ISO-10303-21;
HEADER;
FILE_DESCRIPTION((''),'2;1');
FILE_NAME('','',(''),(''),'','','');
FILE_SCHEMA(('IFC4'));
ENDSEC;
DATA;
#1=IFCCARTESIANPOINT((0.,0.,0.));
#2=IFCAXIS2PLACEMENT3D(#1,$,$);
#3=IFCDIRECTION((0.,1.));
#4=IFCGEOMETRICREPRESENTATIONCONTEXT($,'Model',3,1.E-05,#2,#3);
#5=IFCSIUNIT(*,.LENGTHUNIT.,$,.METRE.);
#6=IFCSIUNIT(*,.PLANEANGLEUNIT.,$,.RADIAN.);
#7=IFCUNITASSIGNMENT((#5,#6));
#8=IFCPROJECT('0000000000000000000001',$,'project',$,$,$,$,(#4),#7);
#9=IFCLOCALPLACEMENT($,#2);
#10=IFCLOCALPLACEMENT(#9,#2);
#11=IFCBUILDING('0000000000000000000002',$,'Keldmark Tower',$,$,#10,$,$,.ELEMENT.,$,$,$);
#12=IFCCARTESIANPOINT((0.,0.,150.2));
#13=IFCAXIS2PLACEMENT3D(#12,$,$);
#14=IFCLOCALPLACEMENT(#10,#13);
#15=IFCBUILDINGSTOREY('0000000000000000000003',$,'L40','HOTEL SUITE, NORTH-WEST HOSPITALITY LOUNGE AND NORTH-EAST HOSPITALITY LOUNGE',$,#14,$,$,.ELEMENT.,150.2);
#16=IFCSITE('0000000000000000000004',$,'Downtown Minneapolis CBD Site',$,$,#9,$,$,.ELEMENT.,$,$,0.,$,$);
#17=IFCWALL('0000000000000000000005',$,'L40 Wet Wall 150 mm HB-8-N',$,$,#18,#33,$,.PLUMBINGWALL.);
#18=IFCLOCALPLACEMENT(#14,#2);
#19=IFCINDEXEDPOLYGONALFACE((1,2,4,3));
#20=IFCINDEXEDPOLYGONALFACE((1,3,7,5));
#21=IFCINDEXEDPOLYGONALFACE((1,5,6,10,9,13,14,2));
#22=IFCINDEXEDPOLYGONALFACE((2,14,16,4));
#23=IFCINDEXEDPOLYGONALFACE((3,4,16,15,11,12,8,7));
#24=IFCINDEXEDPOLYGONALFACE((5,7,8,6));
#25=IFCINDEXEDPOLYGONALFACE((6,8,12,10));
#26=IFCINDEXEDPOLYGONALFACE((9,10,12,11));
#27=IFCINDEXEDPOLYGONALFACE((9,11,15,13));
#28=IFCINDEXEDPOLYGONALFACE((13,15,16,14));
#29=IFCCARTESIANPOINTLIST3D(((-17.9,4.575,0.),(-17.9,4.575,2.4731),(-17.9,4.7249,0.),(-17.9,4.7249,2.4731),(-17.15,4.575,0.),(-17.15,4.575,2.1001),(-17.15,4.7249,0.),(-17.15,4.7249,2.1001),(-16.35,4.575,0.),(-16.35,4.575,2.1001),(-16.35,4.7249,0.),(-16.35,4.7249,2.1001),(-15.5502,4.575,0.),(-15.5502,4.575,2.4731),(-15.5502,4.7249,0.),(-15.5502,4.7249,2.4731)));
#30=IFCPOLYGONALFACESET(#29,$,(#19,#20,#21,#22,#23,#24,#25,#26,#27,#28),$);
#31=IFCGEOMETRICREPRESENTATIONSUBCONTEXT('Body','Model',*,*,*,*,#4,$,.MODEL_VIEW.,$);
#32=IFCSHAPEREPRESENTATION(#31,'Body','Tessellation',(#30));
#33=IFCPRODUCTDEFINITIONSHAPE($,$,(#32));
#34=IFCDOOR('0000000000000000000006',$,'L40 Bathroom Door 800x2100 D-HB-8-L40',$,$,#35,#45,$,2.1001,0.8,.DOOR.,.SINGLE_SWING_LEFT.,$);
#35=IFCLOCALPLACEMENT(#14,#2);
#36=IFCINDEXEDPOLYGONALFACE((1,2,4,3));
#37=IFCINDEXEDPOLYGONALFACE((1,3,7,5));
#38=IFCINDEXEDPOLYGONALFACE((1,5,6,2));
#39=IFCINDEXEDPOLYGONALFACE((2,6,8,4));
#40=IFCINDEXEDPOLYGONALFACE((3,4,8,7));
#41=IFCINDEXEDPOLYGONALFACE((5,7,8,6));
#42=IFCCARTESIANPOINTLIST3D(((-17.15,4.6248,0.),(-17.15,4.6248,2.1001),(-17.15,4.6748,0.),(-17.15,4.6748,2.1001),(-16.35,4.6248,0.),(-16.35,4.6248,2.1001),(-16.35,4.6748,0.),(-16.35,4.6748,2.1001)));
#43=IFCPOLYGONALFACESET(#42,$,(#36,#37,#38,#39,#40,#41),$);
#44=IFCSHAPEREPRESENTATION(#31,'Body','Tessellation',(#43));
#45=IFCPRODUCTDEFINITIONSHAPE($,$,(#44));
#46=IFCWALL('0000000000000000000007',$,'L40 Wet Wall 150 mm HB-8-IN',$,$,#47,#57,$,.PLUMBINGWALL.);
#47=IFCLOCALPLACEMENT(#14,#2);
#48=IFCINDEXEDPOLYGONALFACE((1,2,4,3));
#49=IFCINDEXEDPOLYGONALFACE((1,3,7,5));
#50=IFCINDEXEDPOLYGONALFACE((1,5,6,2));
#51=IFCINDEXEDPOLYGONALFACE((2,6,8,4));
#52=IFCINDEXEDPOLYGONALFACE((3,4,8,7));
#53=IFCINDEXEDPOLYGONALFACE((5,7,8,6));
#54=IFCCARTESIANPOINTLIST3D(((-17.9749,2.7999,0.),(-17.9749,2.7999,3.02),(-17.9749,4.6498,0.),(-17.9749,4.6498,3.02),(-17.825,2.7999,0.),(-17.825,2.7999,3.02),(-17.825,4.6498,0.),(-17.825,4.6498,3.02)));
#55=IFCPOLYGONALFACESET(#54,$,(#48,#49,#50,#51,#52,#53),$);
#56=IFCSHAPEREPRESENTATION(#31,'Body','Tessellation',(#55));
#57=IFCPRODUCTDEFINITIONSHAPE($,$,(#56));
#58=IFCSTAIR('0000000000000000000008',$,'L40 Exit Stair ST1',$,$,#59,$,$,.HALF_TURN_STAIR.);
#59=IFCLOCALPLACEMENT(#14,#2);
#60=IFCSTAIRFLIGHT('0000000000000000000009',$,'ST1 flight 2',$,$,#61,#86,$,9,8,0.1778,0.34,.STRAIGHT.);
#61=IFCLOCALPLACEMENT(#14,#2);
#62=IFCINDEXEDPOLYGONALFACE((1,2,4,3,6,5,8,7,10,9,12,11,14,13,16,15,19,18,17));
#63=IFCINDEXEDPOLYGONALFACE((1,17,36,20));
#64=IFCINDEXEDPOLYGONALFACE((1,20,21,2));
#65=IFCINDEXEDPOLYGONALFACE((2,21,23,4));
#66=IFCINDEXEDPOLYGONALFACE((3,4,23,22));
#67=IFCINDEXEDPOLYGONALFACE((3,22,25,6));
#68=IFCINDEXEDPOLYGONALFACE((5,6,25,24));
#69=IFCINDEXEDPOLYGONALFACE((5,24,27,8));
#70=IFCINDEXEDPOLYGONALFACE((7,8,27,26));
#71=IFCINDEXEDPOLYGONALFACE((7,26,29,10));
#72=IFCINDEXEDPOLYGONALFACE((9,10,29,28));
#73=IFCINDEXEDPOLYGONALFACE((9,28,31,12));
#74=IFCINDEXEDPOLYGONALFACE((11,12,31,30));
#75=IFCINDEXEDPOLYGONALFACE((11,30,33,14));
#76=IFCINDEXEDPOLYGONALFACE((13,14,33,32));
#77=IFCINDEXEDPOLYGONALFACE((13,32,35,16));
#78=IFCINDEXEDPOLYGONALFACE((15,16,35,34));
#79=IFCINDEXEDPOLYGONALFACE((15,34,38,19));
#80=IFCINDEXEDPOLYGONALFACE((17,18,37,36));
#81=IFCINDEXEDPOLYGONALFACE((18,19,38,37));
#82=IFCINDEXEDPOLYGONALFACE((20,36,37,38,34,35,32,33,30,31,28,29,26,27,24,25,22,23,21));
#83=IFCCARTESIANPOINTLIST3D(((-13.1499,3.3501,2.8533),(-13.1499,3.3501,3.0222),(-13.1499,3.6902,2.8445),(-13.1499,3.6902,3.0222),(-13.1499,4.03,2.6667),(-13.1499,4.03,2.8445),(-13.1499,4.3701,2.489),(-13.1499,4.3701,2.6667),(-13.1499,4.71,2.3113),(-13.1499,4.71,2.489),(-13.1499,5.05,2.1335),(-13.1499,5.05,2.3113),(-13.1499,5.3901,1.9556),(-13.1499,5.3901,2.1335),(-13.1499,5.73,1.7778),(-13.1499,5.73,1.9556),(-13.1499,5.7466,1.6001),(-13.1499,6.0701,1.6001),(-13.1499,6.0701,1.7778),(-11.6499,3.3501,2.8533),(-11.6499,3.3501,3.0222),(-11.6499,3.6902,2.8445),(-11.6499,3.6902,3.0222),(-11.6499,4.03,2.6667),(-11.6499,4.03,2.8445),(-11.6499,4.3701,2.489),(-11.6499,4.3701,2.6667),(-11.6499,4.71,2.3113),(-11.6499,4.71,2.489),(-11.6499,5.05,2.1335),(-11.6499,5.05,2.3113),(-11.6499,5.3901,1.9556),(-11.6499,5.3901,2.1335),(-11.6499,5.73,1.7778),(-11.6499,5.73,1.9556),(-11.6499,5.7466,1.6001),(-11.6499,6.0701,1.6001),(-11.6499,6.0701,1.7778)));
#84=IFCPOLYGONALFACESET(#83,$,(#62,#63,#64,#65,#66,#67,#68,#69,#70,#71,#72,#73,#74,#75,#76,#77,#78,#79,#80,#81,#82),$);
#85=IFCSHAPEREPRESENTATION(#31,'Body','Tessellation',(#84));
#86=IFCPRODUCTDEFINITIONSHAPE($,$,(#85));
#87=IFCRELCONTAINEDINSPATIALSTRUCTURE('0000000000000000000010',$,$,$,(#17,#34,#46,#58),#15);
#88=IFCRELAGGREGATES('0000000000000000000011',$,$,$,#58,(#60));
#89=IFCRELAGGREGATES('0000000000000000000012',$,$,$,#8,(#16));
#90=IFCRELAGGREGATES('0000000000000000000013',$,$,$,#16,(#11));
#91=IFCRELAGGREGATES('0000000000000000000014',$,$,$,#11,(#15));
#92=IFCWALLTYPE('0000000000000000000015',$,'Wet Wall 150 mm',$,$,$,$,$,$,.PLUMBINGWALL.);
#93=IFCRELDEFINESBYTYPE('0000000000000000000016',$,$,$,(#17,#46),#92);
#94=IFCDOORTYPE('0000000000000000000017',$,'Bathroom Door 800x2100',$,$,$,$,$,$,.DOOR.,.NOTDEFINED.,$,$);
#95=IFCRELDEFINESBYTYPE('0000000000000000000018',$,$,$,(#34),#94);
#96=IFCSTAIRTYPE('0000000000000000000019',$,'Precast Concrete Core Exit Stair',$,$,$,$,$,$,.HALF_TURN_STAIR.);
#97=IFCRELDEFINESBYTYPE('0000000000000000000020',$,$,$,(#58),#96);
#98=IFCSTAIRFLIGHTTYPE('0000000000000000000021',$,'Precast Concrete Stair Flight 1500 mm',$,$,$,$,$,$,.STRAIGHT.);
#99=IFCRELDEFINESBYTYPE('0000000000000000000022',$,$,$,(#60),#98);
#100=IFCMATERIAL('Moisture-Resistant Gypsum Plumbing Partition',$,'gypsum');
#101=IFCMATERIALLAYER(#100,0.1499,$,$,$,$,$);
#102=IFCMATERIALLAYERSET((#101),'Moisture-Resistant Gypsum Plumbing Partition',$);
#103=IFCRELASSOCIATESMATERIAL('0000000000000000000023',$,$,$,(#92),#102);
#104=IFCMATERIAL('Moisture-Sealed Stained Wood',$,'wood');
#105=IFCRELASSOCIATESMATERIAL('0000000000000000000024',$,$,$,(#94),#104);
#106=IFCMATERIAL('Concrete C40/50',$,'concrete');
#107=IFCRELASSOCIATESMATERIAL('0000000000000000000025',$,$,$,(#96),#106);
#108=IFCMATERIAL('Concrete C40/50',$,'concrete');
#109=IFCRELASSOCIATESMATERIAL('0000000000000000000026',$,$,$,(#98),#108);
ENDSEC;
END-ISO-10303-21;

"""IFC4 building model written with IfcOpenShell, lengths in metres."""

from ifc_helpers import new_model, si_unit, direction, frame, frame_2d, origin, place, context, subcontext, project, spatial, polyline, rectangle, outline, extrude, material, layer, layer_set, type_object, element, fill, aggregate, save


model = new_model("IFC4")

# Units and contexts
model_context = context("Model", 3, precision=1e-05, world=origin(), true_north=direction((0.0, 1.0)))
body_context = subcontext(model_context, "Body", "Model", "MODEL_VIEW")
ifc_project = project(units=[si_unit("LENGTHUNIT", "METRE"), si_unit("PLANEANGLEUNIT", "RADIAN")], contexts=[model_context])

# Site, building, storey
site_placement = place(None, origin())
site = spatial("IfcSite", under=ifc_project, at=site_placement, Name="Downtown Minneapolis CBD Site", CompositionType="ELEMENT", RefElevation=0.0)
building_placement = place(site_placement, origin())
building = spatial("IfcBuilding", under=site, at=building_placement, Name="Keldmark Tower", CompositionType="ELEMENT")
storey_placement = place(building_placement, frame((0.0, 0.0, 150.2)))
storey = spatial("IfcBuildingStorey", under=building, at=storey_placement, Name="L40", Description="HOTEL SUITE, NORTH-WEST HOSPITALITY LOUNGE AND NORTH-EAST HOSPITALITY LOUNGE", CompositionType="ELEMENT", Elevation=150.2)

# Shared definitions
ifc_material_1 = material(Name="Moisture-Resistant Gypsum Plumbing Partition", Category="gypsum")
ifc_layer_1 = layer(ifc_material_1, 0.1499)
ifc_layer_set_1 = layer_set([ifc_layer_1], Name="Moisture-Resistant Gypsum Plumbing Partition")
wall_type_1 = type_object("IfcWallType", Name="Wet Wall 150 mm", PredefinedType="PLUMBINGWALL", material=ifc_layer_set_1)

# Wall, opening, door
wall_1_placement = place(storey_placement, frame((-17.8999, 4.6499, 0.0), z_axis=(0.0, 0.0, 1.0), x_axis=(1.0, 0.0, 0.0)))
wall_1 = element("IfcWall", 1, at=wall_1_placement, inside=storey, type_object=wall_type_1, Name="L40 Wet Wall 150 mm HB-8-N", PredefinedType="PLUMBINGWALL", context=body_context, shape_type="SweptSolid", body=[
    extrude(rectangle(XDim=2.3499, YDim=0.1499, at=frame_2d((1.1748, 0.0))), origin(), (0.0, 0.0, 1.0), 2.4731),
])
opening_1_placement = place(wall_1_placement, frame((0.75, 0.0, 0.0)))
opening_1 = element("IfcOpeningElement", 2, at=opening_1_placement, cuts=wall_1, PredefinedType="OPENING", context=body_context, shape_type="SweptSolid", body=[
    extrude(rectangle(XDim=0.8, YDim=2.1001, at=frame_2d((0.3999, 1.05))), frame((0.0, 0.085, 0.0), z_axis=(0.0, -1.0, 0.0), x_axis=(1.0, 0.0, 0.0)), (0.0, 0.0, 1.0), 0.1699),
])
ifc_material_2 = material(Name="Moisture-Sealed Stained Wood", Category="wood")
door_type = type_object("IfcDoorType", Name="Bathroom Door 800x2100", OperationType="NOTDEFINED", PredefinedType="DOOR", material=ifc_material_2)
door_placement = place(opening_1_placement, origin())
door = element("IfcDoor", 3, at=door_placement, inside=storey, type_object=door_type, Name="L40 Bathroom Door 800x2100 D-HB-8-L40", OperationType="SINGLE_SWING_LEFT", OverallHeight=2.1001, OverallWidth=0.8, PredefinedType="DOOR", context=body_context, shape_type="SweptSolid", body=[
    extrude(rectangle(XDim=0.8, YDim=2.1001, at=frame_2d((0.3999, 1.05))), frame((0.0, 0.0249, 0.0), z_axis=(0.0, -1.0, 0.0), x_axis=(1.0, 0.0, 0.0)), (0.0, 0.0, 1.0), 0.05),
])
fill(opening_1, door)

# Wall
wall_2_placement = place(storey_placement, frame((-17.8999, 2.8, 0.0), z_axis=(0.0, 0.0, 1.0), x_axis=(0.0, 1.0, 0.0)))
element("IfcWall", 4, at=wall_2_placement, inside=storey, type_object=wall_type_1, Name="L40 Wet Wall 150 mm HB-8-IN", PredefinedType="PLUMBINGWALL", context=body_context, shape_type="SweptSolid", body=[
    extrude(rectangle(XDim=1.8499, YDim=0.1499, at=frame_2d((0.9248, 0.0))), origin(), (0.0, 0.0, 1.0), 3.02),
])

# Stair, stair flight
ifc_material_3 = material(Name="Concrete C40/50", Category="concrete")
stair_type = type_object("IfcStairType", Name="Precast Concrete Core Exit Stair", PredefinedType="HALF_TURN_STAIR", material=ifc_material_3)
stair_placement = place(storey_placement, origin())
stair = element("IfcStair", 5, at=stair_placement, inside=storey, type_object=stair_type, Name="L40 Exit Stair ST1", PredefinedType="HALF_TURN_STAIR")
ifc_material_4 = material(Name="Concrete C40/50", Category="concrete")
stair_flight_type = type_object("IfcStairFlightType", Name="Precast Concrete Stair Flight 1500 mm", PredefinedType="STRAIGHT", material=ifc_material_4)
stair_flight_placement = place(storey_placement, frame((-12.3999, 6.0701, 1.6001), z_axis=(0.0, 0.0, 1.0), x_axis=(0.0, -1.0, 0.0)))
stair_flight = element("IfcStairFlight", 6, at=stair_flight_placement, type_object=stair_flight_type, Name="ST1 flight 2", NumberOfRisers=9, NumberOfTreads=8, PredefinedType="STRAIGHT", RiserHeight=0.1778, TreadLength=0.34, context=body_context, shape_type="SweptSolid", body=[
    extrude(outline(polyline([(0.0, 0.0), (0.0, 0.1777), (0.3401, 0.1777), (0.3401, 0.3555), (0.6799, 0.3555), (0.6799, 0.5334), (1.02, 0.5334), (1.02, 0.7112), (1.3601, 0.7112), (1.3601, 0.8889), (1.7, 0.8889), (1.7, 1.0667), (2.04, 1.0667), (2.04, 1.2444), (2.3799, 1.2444), (2.3799, 1.4221), (2.72, 1.4221), (2.72, 1.6001), (2.72, 1.2532), (0.3235, 0.0), (0.0, 0.0)])), frame((0.0, 0.75, 0.0), z_axis=(0.0, -1.0, 0.0), x_axis=(1.0, 0.0, 0.0)), (0.0, 0.0, 1.0), 1.5),
])
aggregate(stair, [stair_flight])

save(model, "model.ifc")
